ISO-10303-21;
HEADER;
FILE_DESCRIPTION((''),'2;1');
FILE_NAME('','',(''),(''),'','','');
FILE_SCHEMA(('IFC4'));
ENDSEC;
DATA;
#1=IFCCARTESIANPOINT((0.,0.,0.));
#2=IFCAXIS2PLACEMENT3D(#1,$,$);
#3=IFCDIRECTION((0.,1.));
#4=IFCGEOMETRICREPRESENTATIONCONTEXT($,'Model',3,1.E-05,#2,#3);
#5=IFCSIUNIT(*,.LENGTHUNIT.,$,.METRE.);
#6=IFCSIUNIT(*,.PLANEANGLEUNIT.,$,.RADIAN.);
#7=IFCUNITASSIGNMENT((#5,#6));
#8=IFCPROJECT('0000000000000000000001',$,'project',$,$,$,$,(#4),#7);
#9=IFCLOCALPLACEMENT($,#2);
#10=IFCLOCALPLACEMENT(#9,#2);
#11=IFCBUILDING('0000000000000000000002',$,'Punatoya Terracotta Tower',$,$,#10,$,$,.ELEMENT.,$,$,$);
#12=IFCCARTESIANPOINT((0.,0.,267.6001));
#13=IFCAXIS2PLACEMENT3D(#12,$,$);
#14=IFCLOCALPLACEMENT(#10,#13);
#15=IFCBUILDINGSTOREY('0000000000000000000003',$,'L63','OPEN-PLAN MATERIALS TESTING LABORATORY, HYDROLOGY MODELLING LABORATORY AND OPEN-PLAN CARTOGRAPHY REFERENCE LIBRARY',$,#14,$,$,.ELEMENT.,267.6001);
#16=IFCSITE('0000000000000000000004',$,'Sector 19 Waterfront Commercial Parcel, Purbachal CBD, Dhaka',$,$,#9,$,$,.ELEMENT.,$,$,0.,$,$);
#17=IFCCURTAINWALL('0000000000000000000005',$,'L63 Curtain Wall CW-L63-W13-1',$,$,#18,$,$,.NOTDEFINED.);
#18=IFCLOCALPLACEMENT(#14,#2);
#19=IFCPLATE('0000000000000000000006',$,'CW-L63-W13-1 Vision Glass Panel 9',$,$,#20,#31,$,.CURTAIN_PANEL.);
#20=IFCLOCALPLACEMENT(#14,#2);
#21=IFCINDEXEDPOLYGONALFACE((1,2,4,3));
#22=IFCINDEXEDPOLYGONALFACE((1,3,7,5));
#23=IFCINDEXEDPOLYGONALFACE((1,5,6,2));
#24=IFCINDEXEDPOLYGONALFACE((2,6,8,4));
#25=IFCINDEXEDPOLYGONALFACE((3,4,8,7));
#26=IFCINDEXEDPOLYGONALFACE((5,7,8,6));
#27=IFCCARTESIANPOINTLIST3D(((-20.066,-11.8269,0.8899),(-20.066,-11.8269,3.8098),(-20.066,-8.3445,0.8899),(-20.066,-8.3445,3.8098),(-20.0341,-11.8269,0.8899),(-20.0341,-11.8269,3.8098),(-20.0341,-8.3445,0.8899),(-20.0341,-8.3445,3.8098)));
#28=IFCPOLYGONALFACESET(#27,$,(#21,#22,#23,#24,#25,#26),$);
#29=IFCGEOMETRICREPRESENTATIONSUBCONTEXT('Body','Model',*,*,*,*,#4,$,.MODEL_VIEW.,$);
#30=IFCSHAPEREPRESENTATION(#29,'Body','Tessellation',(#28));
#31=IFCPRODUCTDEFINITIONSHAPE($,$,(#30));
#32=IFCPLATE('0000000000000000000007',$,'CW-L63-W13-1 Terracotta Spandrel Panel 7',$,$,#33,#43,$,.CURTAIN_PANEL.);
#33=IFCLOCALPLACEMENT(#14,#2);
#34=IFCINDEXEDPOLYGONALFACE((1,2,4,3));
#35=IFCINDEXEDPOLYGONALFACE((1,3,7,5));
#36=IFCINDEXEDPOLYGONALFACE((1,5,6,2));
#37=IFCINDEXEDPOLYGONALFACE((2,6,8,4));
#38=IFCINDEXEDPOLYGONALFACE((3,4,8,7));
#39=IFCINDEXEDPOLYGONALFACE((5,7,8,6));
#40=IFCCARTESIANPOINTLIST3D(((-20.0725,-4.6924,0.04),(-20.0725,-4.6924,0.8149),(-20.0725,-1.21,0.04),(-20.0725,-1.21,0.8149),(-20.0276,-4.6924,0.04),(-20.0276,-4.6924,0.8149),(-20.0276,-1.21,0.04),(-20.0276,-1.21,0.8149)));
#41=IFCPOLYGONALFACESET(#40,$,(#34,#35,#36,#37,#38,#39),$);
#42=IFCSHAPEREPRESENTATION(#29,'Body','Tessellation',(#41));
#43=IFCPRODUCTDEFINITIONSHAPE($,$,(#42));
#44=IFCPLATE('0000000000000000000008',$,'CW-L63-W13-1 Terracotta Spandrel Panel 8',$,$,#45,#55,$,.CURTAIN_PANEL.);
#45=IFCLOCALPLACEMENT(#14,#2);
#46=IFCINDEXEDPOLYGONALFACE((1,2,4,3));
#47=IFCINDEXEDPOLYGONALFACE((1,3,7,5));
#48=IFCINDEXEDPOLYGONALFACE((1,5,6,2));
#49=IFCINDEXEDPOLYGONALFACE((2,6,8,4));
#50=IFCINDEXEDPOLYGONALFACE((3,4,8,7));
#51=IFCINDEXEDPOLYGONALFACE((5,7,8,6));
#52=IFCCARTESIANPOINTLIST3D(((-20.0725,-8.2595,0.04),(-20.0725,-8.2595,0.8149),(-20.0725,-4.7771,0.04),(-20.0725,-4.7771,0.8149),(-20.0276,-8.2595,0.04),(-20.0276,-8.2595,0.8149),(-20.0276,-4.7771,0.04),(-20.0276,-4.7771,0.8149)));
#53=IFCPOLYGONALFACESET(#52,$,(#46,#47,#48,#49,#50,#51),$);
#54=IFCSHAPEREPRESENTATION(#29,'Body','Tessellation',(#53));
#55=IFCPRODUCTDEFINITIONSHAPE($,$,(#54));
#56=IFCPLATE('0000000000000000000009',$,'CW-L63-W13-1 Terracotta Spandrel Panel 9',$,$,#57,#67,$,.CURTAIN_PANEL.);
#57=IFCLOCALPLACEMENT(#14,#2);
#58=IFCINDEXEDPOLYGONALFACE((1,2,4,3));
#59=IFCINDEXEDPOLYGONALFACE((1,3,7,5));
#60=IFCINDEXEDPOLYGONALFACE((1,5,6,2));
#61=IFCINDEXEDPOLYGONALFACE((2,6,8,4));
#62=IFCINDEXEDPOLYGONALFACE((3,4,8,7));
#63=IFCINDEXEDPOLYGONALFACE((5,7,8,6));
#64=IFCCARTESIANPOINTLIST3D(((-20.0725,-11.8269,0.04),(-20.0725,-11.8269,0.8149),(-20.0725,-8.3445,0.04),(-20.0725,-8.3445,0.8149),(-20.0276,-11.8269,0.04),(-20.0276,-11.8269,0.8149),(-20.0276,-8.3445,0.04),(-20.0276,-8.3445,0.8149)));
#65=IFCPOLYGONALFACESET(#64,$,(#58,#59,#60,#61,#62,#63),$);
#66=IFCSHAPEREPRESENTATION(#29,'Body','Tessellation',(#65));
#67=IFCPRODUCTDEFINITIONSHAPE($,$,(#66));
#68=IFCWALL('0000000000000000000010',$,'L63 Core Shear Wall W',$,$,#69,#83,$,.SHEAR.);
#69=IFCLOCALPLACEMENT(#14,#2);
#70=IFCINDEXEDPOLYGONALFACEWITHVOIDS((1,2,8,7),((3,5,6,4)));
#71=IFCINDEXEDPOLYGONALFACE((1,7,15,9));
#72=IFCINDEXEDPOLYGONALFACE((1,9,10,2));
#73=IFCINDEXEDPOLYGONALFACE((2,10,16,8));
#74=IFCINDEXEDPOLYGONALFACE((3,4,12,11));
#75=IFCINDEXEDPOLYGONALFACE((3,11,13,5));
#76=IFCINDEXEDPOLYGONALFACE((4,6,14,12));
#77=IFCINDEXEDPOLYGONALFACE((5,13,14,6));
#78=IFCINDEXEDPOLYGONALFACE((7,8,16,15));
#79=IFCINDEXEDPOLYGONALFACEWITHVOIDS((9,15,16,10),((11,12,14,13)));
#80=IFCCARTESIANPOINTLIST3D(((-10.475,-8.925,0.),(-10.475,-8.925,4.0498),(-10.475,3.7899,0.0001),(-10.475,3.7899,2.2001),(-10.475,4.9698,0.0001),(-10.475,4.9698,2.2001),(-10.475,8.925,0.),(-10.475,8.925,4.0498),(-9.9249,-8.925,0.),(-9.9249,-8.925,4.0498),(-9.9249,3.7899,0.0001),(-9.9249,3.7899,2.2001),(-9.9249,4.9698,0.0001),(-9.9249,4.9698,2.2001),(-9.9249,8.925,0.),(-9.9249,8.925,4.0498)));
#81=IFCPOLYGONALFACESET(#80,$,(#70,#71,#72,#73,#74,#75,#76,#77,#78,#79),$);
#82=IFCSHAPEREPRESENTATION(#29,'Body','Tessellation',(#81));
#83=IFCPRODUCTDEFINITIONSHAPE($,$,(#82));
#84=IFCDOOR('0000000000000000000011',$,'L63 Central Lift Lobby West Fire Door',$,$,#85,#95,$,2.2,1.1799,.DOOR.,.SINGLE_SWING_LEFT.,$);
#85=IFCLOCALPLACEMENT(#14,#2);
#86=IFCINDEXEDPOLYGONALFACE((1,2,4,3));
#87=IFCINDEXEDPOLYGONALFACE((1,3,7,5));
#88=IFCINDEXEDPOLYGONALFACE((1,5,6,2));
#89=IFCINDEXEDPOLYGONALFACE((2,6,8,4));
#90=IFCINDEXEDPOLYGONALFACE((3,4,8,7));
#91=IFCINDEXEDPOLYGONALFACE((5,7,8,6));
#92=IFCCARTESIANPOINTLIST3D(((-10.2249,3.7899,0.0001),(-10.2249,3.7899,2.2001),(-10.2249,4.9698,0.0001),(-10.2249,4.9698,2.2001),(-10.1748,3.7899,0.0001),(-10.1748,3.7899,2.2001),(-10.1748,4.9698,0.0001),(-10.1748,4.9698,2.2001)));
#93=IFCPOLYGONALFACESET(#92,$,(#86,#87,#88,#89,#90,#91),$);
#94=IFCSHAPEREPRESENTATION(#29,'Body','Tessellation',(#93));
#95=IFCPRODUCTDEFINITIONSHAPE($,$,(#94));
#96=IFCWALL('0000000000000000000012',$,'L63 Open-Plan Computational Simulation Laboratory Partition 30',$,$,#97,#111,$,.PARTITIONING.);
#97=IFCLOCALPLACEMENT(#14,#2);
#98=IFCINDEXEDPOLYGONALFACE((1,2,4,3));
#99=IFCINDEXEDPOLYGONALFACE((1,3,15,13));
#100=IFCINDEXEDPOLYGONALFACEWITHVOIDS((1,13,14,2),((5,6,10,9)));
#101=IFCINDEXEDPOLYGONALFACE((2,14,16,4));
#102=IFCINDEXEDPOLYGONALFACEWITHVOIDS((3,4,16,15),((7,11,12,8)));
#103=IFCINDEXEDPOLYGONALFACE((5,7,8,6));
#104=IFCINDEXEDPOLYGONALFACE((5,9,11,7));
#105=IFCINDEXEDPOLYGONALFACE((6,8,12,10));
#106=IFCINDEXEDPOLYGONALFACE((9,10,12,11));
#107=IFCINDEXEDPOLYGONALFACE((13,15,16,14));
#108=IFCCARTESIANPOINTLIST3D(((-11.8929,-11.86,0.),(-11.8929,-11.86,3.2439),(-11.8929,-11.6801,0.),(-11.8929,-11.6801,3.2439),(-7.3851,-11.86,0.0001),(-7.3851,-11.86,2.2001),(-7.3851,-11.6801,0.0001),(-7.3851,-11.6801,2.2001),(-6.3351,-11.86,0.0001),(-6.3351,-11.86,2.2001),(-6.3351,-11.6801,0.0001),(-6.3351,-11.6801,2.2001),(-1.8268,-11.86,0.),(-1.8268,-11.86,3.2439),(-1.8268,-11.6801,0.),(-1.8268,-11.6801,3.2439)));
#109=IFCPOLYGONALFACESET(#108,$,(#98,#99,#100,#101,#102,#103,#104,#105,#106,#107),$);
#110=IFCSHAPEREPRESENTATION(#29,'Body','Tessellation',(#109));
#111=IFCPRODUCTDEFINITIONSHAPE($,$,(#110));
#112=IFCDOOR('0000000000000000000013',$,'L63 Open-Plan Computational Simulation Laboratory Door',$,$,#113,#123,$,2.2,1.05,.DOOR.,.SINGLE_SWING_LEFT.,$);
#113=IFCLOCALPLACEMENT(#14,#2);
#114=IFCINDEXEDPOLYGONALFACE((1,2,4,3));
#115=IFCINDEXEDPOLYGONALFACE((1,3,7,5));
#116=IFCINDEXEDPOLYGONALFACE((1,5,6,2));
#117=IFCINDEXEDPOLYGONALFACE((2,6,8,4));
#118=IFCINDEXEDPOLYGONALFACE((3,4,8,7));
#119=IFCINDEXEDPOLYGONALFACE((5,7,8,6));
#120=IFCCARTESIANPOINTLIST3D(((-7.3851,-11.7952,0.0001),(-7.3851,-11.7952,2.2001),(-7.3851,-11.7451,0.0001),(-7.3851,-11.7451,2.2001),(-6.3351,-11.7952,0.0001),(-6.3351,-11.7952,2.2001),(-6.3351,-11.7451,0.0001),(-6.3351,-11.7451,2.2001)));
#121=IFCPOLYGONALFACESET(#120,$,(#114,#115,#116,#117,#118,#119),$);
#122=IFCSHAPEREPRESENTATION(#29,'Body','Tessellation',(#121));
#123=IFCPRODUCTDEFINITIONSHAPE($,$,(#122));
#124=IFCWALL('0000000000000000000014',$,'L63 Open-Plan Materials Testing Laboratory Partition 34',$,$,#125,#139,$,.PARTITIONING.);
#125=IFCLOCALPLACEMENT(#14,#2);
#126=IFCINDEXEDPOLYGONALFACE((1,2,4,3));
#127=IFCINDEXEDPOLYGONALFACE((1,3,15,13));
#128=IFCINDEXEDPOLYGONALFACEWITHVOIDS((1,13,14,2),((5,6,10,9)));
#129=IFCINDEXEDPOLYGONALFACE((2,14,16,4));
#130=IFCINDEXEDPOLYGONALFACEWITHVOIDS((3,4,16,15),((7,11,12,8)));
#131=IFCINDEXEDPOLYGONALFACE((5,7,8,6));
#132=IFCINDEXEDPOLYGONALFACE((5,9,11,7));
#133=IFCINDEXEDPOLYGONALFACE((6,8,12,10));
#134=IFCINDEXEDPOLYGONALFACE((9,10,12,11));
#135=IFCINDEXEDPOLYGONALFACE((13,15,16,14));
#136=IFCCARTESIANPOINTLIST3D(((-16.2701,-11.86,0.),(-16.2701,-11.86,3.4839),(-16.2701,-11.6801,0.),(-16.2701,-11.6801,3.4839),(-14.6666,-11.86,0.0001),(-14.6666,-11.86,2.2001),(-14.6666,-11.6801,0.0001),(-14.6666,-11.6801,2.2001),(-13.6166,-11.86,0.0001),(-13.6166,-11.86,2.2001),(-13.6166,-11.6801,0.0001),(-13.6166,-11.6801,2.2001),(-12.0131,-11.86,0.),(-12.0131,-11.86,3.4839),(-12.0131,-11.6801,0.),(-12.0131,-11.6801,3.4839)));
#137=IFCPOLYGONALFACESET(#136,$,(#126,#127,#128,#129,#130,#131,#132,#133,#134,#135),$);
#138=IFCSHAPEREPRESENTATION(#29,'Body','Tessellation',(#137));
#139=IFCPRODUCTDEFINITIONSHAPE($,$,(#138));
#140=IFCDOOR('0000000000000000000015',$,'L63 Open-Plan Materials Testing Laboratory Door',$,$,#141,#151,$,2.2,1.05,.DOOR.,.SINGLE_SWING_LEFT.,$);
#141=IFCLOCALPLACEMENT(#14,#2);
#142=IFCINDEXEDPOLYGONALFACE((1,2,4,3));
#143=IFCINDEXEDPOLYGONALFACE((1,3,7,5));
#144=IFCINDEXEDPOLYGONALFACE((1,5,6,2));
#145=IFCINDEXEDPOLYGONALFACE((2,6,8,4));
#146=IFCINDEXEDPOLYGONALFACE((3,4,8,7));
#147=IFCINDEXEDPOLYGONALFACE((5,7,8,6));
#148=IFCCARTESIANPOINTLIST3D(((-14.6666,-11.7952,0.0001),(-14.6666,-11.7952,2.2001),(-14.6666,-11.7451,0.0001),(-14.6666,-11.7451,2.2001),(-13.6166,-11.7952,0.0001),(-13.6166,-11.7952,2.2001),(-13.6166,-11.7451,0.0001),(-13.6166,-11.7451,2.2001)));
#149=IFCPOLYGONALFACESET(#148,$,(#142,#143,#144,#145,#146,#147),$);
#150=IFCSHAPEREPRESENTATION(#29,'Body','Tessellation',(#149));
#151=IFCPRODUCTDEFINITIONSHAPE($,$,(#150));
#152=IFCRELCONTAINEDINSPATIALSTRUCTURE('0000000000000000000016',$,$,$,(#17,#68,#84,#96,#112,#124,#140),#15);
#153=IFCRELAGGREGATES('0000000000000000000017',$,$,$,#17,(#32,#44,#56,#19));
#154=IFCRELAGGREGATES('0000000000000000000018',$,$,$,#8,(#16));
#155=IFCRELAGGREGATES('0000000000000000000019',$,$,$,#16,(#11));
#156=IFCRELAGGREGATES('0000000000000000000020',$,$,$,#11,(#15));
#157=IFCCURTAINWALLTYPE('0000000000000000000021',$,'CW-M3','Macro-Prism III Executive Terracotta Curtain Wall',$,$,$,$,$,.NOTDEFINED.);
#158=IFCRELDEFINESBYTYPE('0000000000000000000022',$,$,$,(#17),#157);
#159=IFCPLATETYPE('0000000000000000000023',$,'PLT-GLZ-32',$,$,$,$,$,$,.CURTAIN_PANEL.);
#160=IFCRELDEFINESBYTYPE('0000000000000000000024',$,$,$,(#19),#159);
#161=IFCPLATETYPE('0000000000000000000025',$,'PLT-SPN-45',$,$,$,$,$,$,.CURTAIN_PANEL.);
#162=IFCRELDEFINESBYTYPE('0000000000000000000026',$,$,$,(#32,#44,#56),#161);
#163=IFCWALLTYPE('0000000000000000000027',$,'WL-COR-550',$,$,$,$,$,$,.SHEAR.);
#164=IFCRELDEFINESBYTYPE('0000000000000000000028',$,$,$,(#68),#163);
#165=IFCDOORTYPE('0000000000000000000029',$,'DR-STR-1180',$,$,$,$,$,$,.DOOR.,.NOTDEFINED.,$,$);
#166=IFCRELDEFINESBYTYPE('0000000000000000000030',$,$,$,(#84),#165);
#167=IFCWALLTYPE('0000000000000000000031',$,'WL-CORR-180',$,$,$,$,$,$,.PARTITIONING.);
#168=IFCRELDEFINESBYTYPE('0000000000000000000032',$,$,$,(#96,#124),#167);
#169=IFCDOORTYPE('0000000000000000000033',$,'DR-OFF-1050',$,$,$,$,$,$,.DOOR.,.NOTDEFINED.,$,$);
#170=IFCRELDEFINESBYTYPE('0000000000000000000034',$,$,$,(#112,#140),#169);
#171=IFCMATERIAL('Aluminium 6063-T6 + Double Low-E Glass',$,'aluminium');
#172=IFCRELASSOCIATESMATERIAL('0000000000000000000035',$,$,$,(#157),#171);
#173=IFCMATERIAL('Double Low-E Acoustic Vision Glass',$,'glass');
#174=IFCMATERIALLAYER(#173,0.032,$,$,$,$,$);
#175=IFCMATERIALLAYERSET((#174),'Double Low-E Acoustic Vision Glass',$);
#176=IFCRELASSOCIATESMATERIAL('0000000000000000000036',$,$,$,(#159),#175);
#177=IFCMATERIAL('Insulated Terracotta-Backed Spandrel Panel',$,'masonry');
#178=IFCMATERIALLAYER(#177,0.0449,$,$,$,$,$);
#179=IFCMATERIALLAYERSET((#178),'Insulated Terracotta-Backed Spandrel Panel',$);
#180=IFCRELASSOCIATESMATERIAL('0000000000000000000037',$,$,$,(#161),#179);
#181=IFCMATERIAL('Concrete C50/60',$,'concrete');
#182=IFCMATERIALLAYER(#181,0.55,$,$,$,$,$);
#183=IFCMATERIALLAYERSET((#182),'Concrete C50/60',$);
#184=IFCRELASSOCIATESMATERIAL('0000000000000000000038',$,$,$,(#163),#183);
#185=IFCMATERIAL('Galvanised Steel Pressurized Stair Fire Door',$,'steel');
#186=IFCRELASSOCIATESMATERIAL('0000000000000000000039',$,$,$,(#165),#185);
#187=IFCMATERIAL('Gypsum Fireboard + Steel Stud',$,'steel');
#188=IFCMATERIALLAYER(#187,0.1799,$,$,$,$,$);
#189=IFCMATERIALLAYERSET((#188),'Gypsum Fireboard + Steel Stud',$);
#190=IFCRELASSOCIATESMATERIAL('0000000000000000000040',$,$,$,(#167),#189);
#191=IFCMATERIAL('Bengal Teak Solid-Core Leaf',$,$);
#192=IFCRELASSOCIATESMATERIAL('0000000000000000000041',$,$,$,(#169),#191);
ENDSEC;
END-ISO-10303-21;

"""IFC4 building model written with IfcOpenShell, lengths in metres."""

from ifc_helpers import new_model, si_unit, direction, frame, frame_2d, origin, origin_2d, place, context, subcontext, project, spatial, rectangle, extrude, material, layer, layer_set, type_object, element, fill, aggregate, save


model = new_model("IFC4")

# Units and contexts
model_context = context("Model", 3, precision=1e-05, world=origin(), true_north=direction((0.0, 1.0)))
body_context = subcontext(model_context, "Body", "Model", "MODEL_VIEW")
ifc_project = project(units=[si_unit("LENGTHUNIT", "METRE"), si_unit("PLANEANGLEUNIT", "RADIAN")], contexts=[model_context])

# Site, building, storey
site_placement = place(None, origin())
site = spatial("IfcSite", under=ifc_project, at=site_placement, Name="Sector 19 Waterfront Commercial Parcel, Purbachal CBD, Dhaka", CompositionType="ELEMENT", RefElevation=0.0)
building_placement = place(site_placement, origin())
building = spatial("IfcBuilding", under=site, at=building_placement, Name="Punatoya Terracotta Tower", CompositionType="ELEMENT")
storey_placement = place(building_placement, frame((0.0, 0.0, 267.6001)))
storey = spatial("IfcBuildingStorey", under=building, at=storey_placement, Name="L63", Description="OPEN-PLAN MATERIALS TESTING LABORATORY, HYDROLOGY MODELLING LABORATORY AND OPEN-PLAN CARTOGRAPHY REFERENCE LIBRARY", CompositionType="ELEMENT", Elevation=267.6001)

# Curtain wall, plates
ifc_material_1 = material(Name="Aluminium 6063-T6 + Double Low-E Glass", Category="aluminium")
curtain_wall_type = type_object("IfcCurtainWallType", Name="CW-M3", Description="Macro-Prism III Executive Terracotta Curtain Wall", PredefinedType="NOTDEFINED", material=ifc_material_1)
curtain_wall_placement = place(storey_placement, origin())
curtain_wall = element("IfcCurtainWall", 1, at=curtain_wall_placement, inside=storey, type_object=curtain_wall_type, Name="L63 Curtain Wall CW-L63-W13-1", PredefinedType="NOTDEFINED")
ifc_material_2 = material(Name="Double Low-E Acoustic Vision Glass", Category="glass")
ifc_layer_1 = layer(ifc_material_2, 0.032)
ifc_layer_set_1 = layer_set([ifc_layer_1], Name="Double Low-E Acoustic Vision Glass")
plate_type_1 = type_object("IfcPlateType", Name="PLT-GLZ-32", PredefinedType="CURTAIN_PANEL", material=ifc_layer_set_1)
plate_1_placement = place(storey_placement, frame((-20.05, -10.0857, 0.8899), z_axis=(0.0, 0.0, 1.0), x_axis=(0.0, -1.0, 0.0)))
plate_1 = element("IfcPlate", 2, at=plate_1_placement, type_object=plate_type_1, Name="CW-L63-W13-1 Vision Glass Panel 9", PredefinedType="CURTAIN_PANEL", context=body_context, shape_type="SweptSolid", body=[
    extrude(rectangle(XDim=3.4824, YDim=0.032, at=origin_2d()), origin(), (0.0, 0.0, 1.0), 2.9199),
])
ifc_material_3 = material(Name="Insulated Terracotta-Backed Spandrel Panel", Category="masonry")
ifc_layer_2 = layer(ifc_material_3, 0.0449)
ifc_layer_set_2 = layer_set([ifc_layer_2], Name="Insulated Terracotta-Backed Spandrel Panel")
plate_type_2 = type_object("IfcPlateType", Name="PLT-SPN-45", PredefinedType="CURTAIN_PANEL", material=ifc_layer_set_2)
plate_2_placement = place(storey_placement, frame((-20.05, -2.9512, 0.04), z_axis=(0.0, 0.0, 1.0), x_axis=(0.0, -1.0, 0.0)))
plate_2 = element("IfcPlate", 3, at=plate_2_placement, type_object=plate_type_2, Name="CW-L63-W13-1 Terracotta Spandrel Panel 7", PredefinedType="CURTAIN_PANEL", context=body_context, shape_type="SweptSolid", body=[
    extrude(rectangle(XDim=3.4824, YDim=0.0449, at=origin_2d()), origin(), (0.0, 0.0, 1.0), 0.7749),
])
plate_3_placement = place(storey_placement, frame((-20.05, -6.5183, 0.04), z_axis=(0.0, 0.0, 1.0), x_axis=(0.0, -1.0, 0.0)))
plate_3 = element("IfcPlate", 4, at=plate_3_placement, type_object=plate_type_2, Name="CW-L63-W13-1 Terracotta Spandrel Panel 8", PredefinedType="CURTAIN_PANEL", context=body_context, shape_type="SweptSolid", body=[
    extrude(rectangle(XDim=3.4824, YDim=0.0449, at=origin_2d()), origin(), (0.0, 0.0, 1.0), 0.7749),
])
plate_4_placement = place(storey_placement, frame((-20.05, -10.0857, 0.04), z_axis=(0.0, 0.0, 1.0), x_axis=(0.0, -1.0, 0.0)))
plate_4 = element("IfcPlate", 5, at=plate_4_placement, type_object=plate_type_2, Name="CW-L63-W13-1 Terracotta Spandrel Panel 9", PredefinedType="CURTAIN_PANEL", context=body_context, shape_type="SweptSolid", body=[
    extrude(rectangle(XDim=3.4824, YDim=0.0449, at=origin_2d()), origin(), (0.0, 0.0, 1.0), 0.7749),
])
aggregate(curtain_wall, [plate_2, plate_3, plate_4, plate_1])

# Walls, openings, doors
ifc_material_4 = material(Name="Concrete C50/60", Category="concrete")
ifc_layer_3 = layer(ifc_material_4, 0.55)
ifc_layer_set_3 = layer_set([ifc_layer_3], Name="Concrete C50/60")
wall_type_1 = type_object("IfcWallType", Name="WL-COR-550", PredefinedType="SHEAR", material=ifc_layer_set_3)
wall_1_placement = place(storey_placement, frame((-10.2, -8.925, 0.0), z_axis=(0.0, 0.0, 1.0), x_axis=(0.0, 1.0, 0.0)))
wall_1 = element("IfcWall", 6, at=wall_1_placement, inside=storey, type_object=wall_type_1, Name="L63 Core Shear Wall W", PredefinedType="SHEAR", context=body_context, shape_type="SweptSolid", body=[
    extrude(rectangle(XDim=17.8501, YDim=0.55, at=frame_2d((8.925, 0.0))), origin(), (0.0, 0.0, 1.0), 4.0498),
])
opening_1_placement = place(wall_1_placement, frame((12.7151, 0.0, 0.0)))
opening_1 = element("IfcOpeningElement", 7, at=opening_1_placement, cuts=wall_1, PredefinedType="OPENING", context=body_context, shape_type="SweptSolid", body=[
    extrude(rectangle(XDim=1.1799, YDim=2.2, at=frame_2d((0.5898, 1.1001))), frame((0.0, 0.2849, 0.0), z_axis=(0.0, -1.0, 0.0), x_axis=(1.0, 0.0, 0.0)), (0.0, 0.0, 1.0), 0.5701),
])
ifc_material_5 = material(Name="Galvanised Steel Pressurized Stair Fire Door", Category="steel")
door_type_1 = type_object("IfcDoorType", Name="DR-STR-1180", OperationType="NOTDEFINED", PredefinedType="DOOR", material=ifc_material_5)
door_1_placement = place(opening_1_placement, origin())
door_1 = element("IfcDoor", 8, at=door_1_placement, inside=storey, type_object=door_type_1, Name="L63 Central Lift Lobby West Fire Door", OperationType="SINGLE_SWING_LEFT", OverallHeight=2.2, OverallWidth=1.1799, PredefinedType="DOOR", context=body_context, shape_type="SweptSolid", body=[
    extrude(rectangle(XDim=1.1799, YDim=2.2, at=frame_2d((0.5898, 1.1001))), frame((0.0, 0.0249, 0.0), z_axis=(0.0, -1.0, 0.0), x_axis=(1.0, 0.0, 0.0)), (0.0, 0.0, 1.0), 0.05),
])
fill(opening_1, door_1)
ifc_material_6 = material(Name="Gypsum Fireboard + Steel Stud", Category="steel")
ifc_layer_4 = layer(ifc_material_6, 0.1799)
ifc_layer_set_4 = layer_set([ifc_layer_4], Name="Gypsum Fireboard + Steel Stud")
wall_type_2 = type_object("IfcWallType", Name="WL-CORR-180", PredefinedType="PARTITIONING", material=ifc_layer_set_4)
wall_2_placement = place(storey_placement, frame((-11.8931, -11.77, 0.0), z_axis=(0.0, 0.0, 1.0), x_axis=(1.0, 0.0, 0.0)))
wall_2 = element("IfcWall", 9, at=wall_2_placement, inside=storey, type_object=wall_type_2, Name="L63 Open-Plan Computational Simulation Laboratory Partition 30", PredefinedType="PARTITIONING", context=body_context, shape_type="SweptSolid", body=[
    extrude(rectangle(XDim=10.0662, YDim=0.1799, at=frame_2d((5.0332, 0.0))), origin(), (0.0, 0.0, 1.0), 3.2439),
])
opening_2_placement = place(wall_2_placement, frame((4.5081, 0.0, 0.0)))
opening_2 = element("IfcOpeningElement", 10, at=opening_2_placement, cuts=wall_2, PredefinedType="OPENING", context=body_context, shape_type="SweptSolid", body=[
    extrude(rectangle(XDim=1.05, YDim=2.2, at=frame_2d((0.5249, 1.1001))), frame((0.0, 0.0999, 0.0), z_axis=(0.0, -1.0, 0.0), x_axis=(1.0, 0.0, 0.0)), (0.0, 0.0, 1.0), 0.2),
])
ifc_material_7 = material(Name="Bengal Teak Solid-Core Leaf")
door_type_2 = type_object("IfcDoorType", Name="DR-OFF-1050", OperationType="NOTDEFINED", PredefinedType="DOOR", material=ifc_material_7)
door_2_placement = place(opening_2_placement, origin())
door_2 = element("IfcDoor", 11, at=door_2_placement, inside=storey, type_object=door_type_2, Name="L63 Open-Plan Computational Simulation Laboratory Door", OperationType="SINGLE_SWING_LEFT", OverallHeight=2.2, OverallWidth=1.05, PredefinedType="DOOR", context=body_context, shape_type="SweptSolid", body=[
    extrude(rectangle(XDim=1.05, YDim=2.2, at=frame_2d((0.5249, 1.1001))), frame((0.0, 0.0249, 0.0), z_axis=(0.0, -1.0, 0.0), x_axis=(1.0, 0.0, 0.0)), (0.0, 0.0, 1.0), 0.05),
])
fill(opening_2, door_2)
wall_3_placement = place(storey_placement, frame((-16.27, -11.77, 0.0), z_axis=(0.0, 0.0, 1.0), x_axis=(1.0, 0.0, 0.0)))
wall_3 = element("IfcWall", 12, at=wall_3_placement, inside=storey, type_object=wall_type_2, Name="L63 Open-Plan Materials Testing Laboratory Partition 34", PredefinedType="PARTITIONING", context=body_context, shape_type="SweptSolid", body=[
    extrude(rectangle(XDim=4.2571, YDim=0.1799, at=frame_2d((2.1284, 0.0))), origin(), (0.0, 0.0, 1.0), 3.4839),
])
opening_3_placement = place(wall_3_placement, frame((1.6035, 0.0, 0.0)))
opening_3 = element("IfcOpeningElement", 13, at=opening_3_placement, cuts=wall_3, PredefinedType="OPENING", context=body_context, shape_type="SweptSolid", body=[
    extrude(rectangle(XDim=1.05, YDim=2.2, at=frame_2d((0.5249, 1.1001))), frame((0.0, 0.0999, 0.0), z_axis=(0.0, -1.0, 0.0), x_axis=(1.0, 0.0, 0.0)), (0.0, 0.0, 1.0), 0.2),
])
door_3_placement = place(opening_3_placement, origin())
door_3 = element("IfcDoor", 14, at=door_3_placement, inside=storey, type_object=door_type_2, Name="L63 Open-Plan Materials Testing Laboratory Door", OperationType="SINGLE_SWING_LEFT", OverallHeight=2.2, OverallWidth=1.05, PredefinedType="DOOR", context=body_context, shape_type="SweptSolid", body=[
    extrude(rectangle(XDim=1.05, YDim=2.2, at=frame_2d((0.5249, 1.1001))), frame((0.0, 0.0249, 0.0), z_axis=(0.0, -1.0, 0.0), x_axis=(1.0, 0.0, 0.0)), (0.0, 0.0, 1.0), 0.05),
])
fill(opening_3, door_3)

save(model, "model.ifc")
